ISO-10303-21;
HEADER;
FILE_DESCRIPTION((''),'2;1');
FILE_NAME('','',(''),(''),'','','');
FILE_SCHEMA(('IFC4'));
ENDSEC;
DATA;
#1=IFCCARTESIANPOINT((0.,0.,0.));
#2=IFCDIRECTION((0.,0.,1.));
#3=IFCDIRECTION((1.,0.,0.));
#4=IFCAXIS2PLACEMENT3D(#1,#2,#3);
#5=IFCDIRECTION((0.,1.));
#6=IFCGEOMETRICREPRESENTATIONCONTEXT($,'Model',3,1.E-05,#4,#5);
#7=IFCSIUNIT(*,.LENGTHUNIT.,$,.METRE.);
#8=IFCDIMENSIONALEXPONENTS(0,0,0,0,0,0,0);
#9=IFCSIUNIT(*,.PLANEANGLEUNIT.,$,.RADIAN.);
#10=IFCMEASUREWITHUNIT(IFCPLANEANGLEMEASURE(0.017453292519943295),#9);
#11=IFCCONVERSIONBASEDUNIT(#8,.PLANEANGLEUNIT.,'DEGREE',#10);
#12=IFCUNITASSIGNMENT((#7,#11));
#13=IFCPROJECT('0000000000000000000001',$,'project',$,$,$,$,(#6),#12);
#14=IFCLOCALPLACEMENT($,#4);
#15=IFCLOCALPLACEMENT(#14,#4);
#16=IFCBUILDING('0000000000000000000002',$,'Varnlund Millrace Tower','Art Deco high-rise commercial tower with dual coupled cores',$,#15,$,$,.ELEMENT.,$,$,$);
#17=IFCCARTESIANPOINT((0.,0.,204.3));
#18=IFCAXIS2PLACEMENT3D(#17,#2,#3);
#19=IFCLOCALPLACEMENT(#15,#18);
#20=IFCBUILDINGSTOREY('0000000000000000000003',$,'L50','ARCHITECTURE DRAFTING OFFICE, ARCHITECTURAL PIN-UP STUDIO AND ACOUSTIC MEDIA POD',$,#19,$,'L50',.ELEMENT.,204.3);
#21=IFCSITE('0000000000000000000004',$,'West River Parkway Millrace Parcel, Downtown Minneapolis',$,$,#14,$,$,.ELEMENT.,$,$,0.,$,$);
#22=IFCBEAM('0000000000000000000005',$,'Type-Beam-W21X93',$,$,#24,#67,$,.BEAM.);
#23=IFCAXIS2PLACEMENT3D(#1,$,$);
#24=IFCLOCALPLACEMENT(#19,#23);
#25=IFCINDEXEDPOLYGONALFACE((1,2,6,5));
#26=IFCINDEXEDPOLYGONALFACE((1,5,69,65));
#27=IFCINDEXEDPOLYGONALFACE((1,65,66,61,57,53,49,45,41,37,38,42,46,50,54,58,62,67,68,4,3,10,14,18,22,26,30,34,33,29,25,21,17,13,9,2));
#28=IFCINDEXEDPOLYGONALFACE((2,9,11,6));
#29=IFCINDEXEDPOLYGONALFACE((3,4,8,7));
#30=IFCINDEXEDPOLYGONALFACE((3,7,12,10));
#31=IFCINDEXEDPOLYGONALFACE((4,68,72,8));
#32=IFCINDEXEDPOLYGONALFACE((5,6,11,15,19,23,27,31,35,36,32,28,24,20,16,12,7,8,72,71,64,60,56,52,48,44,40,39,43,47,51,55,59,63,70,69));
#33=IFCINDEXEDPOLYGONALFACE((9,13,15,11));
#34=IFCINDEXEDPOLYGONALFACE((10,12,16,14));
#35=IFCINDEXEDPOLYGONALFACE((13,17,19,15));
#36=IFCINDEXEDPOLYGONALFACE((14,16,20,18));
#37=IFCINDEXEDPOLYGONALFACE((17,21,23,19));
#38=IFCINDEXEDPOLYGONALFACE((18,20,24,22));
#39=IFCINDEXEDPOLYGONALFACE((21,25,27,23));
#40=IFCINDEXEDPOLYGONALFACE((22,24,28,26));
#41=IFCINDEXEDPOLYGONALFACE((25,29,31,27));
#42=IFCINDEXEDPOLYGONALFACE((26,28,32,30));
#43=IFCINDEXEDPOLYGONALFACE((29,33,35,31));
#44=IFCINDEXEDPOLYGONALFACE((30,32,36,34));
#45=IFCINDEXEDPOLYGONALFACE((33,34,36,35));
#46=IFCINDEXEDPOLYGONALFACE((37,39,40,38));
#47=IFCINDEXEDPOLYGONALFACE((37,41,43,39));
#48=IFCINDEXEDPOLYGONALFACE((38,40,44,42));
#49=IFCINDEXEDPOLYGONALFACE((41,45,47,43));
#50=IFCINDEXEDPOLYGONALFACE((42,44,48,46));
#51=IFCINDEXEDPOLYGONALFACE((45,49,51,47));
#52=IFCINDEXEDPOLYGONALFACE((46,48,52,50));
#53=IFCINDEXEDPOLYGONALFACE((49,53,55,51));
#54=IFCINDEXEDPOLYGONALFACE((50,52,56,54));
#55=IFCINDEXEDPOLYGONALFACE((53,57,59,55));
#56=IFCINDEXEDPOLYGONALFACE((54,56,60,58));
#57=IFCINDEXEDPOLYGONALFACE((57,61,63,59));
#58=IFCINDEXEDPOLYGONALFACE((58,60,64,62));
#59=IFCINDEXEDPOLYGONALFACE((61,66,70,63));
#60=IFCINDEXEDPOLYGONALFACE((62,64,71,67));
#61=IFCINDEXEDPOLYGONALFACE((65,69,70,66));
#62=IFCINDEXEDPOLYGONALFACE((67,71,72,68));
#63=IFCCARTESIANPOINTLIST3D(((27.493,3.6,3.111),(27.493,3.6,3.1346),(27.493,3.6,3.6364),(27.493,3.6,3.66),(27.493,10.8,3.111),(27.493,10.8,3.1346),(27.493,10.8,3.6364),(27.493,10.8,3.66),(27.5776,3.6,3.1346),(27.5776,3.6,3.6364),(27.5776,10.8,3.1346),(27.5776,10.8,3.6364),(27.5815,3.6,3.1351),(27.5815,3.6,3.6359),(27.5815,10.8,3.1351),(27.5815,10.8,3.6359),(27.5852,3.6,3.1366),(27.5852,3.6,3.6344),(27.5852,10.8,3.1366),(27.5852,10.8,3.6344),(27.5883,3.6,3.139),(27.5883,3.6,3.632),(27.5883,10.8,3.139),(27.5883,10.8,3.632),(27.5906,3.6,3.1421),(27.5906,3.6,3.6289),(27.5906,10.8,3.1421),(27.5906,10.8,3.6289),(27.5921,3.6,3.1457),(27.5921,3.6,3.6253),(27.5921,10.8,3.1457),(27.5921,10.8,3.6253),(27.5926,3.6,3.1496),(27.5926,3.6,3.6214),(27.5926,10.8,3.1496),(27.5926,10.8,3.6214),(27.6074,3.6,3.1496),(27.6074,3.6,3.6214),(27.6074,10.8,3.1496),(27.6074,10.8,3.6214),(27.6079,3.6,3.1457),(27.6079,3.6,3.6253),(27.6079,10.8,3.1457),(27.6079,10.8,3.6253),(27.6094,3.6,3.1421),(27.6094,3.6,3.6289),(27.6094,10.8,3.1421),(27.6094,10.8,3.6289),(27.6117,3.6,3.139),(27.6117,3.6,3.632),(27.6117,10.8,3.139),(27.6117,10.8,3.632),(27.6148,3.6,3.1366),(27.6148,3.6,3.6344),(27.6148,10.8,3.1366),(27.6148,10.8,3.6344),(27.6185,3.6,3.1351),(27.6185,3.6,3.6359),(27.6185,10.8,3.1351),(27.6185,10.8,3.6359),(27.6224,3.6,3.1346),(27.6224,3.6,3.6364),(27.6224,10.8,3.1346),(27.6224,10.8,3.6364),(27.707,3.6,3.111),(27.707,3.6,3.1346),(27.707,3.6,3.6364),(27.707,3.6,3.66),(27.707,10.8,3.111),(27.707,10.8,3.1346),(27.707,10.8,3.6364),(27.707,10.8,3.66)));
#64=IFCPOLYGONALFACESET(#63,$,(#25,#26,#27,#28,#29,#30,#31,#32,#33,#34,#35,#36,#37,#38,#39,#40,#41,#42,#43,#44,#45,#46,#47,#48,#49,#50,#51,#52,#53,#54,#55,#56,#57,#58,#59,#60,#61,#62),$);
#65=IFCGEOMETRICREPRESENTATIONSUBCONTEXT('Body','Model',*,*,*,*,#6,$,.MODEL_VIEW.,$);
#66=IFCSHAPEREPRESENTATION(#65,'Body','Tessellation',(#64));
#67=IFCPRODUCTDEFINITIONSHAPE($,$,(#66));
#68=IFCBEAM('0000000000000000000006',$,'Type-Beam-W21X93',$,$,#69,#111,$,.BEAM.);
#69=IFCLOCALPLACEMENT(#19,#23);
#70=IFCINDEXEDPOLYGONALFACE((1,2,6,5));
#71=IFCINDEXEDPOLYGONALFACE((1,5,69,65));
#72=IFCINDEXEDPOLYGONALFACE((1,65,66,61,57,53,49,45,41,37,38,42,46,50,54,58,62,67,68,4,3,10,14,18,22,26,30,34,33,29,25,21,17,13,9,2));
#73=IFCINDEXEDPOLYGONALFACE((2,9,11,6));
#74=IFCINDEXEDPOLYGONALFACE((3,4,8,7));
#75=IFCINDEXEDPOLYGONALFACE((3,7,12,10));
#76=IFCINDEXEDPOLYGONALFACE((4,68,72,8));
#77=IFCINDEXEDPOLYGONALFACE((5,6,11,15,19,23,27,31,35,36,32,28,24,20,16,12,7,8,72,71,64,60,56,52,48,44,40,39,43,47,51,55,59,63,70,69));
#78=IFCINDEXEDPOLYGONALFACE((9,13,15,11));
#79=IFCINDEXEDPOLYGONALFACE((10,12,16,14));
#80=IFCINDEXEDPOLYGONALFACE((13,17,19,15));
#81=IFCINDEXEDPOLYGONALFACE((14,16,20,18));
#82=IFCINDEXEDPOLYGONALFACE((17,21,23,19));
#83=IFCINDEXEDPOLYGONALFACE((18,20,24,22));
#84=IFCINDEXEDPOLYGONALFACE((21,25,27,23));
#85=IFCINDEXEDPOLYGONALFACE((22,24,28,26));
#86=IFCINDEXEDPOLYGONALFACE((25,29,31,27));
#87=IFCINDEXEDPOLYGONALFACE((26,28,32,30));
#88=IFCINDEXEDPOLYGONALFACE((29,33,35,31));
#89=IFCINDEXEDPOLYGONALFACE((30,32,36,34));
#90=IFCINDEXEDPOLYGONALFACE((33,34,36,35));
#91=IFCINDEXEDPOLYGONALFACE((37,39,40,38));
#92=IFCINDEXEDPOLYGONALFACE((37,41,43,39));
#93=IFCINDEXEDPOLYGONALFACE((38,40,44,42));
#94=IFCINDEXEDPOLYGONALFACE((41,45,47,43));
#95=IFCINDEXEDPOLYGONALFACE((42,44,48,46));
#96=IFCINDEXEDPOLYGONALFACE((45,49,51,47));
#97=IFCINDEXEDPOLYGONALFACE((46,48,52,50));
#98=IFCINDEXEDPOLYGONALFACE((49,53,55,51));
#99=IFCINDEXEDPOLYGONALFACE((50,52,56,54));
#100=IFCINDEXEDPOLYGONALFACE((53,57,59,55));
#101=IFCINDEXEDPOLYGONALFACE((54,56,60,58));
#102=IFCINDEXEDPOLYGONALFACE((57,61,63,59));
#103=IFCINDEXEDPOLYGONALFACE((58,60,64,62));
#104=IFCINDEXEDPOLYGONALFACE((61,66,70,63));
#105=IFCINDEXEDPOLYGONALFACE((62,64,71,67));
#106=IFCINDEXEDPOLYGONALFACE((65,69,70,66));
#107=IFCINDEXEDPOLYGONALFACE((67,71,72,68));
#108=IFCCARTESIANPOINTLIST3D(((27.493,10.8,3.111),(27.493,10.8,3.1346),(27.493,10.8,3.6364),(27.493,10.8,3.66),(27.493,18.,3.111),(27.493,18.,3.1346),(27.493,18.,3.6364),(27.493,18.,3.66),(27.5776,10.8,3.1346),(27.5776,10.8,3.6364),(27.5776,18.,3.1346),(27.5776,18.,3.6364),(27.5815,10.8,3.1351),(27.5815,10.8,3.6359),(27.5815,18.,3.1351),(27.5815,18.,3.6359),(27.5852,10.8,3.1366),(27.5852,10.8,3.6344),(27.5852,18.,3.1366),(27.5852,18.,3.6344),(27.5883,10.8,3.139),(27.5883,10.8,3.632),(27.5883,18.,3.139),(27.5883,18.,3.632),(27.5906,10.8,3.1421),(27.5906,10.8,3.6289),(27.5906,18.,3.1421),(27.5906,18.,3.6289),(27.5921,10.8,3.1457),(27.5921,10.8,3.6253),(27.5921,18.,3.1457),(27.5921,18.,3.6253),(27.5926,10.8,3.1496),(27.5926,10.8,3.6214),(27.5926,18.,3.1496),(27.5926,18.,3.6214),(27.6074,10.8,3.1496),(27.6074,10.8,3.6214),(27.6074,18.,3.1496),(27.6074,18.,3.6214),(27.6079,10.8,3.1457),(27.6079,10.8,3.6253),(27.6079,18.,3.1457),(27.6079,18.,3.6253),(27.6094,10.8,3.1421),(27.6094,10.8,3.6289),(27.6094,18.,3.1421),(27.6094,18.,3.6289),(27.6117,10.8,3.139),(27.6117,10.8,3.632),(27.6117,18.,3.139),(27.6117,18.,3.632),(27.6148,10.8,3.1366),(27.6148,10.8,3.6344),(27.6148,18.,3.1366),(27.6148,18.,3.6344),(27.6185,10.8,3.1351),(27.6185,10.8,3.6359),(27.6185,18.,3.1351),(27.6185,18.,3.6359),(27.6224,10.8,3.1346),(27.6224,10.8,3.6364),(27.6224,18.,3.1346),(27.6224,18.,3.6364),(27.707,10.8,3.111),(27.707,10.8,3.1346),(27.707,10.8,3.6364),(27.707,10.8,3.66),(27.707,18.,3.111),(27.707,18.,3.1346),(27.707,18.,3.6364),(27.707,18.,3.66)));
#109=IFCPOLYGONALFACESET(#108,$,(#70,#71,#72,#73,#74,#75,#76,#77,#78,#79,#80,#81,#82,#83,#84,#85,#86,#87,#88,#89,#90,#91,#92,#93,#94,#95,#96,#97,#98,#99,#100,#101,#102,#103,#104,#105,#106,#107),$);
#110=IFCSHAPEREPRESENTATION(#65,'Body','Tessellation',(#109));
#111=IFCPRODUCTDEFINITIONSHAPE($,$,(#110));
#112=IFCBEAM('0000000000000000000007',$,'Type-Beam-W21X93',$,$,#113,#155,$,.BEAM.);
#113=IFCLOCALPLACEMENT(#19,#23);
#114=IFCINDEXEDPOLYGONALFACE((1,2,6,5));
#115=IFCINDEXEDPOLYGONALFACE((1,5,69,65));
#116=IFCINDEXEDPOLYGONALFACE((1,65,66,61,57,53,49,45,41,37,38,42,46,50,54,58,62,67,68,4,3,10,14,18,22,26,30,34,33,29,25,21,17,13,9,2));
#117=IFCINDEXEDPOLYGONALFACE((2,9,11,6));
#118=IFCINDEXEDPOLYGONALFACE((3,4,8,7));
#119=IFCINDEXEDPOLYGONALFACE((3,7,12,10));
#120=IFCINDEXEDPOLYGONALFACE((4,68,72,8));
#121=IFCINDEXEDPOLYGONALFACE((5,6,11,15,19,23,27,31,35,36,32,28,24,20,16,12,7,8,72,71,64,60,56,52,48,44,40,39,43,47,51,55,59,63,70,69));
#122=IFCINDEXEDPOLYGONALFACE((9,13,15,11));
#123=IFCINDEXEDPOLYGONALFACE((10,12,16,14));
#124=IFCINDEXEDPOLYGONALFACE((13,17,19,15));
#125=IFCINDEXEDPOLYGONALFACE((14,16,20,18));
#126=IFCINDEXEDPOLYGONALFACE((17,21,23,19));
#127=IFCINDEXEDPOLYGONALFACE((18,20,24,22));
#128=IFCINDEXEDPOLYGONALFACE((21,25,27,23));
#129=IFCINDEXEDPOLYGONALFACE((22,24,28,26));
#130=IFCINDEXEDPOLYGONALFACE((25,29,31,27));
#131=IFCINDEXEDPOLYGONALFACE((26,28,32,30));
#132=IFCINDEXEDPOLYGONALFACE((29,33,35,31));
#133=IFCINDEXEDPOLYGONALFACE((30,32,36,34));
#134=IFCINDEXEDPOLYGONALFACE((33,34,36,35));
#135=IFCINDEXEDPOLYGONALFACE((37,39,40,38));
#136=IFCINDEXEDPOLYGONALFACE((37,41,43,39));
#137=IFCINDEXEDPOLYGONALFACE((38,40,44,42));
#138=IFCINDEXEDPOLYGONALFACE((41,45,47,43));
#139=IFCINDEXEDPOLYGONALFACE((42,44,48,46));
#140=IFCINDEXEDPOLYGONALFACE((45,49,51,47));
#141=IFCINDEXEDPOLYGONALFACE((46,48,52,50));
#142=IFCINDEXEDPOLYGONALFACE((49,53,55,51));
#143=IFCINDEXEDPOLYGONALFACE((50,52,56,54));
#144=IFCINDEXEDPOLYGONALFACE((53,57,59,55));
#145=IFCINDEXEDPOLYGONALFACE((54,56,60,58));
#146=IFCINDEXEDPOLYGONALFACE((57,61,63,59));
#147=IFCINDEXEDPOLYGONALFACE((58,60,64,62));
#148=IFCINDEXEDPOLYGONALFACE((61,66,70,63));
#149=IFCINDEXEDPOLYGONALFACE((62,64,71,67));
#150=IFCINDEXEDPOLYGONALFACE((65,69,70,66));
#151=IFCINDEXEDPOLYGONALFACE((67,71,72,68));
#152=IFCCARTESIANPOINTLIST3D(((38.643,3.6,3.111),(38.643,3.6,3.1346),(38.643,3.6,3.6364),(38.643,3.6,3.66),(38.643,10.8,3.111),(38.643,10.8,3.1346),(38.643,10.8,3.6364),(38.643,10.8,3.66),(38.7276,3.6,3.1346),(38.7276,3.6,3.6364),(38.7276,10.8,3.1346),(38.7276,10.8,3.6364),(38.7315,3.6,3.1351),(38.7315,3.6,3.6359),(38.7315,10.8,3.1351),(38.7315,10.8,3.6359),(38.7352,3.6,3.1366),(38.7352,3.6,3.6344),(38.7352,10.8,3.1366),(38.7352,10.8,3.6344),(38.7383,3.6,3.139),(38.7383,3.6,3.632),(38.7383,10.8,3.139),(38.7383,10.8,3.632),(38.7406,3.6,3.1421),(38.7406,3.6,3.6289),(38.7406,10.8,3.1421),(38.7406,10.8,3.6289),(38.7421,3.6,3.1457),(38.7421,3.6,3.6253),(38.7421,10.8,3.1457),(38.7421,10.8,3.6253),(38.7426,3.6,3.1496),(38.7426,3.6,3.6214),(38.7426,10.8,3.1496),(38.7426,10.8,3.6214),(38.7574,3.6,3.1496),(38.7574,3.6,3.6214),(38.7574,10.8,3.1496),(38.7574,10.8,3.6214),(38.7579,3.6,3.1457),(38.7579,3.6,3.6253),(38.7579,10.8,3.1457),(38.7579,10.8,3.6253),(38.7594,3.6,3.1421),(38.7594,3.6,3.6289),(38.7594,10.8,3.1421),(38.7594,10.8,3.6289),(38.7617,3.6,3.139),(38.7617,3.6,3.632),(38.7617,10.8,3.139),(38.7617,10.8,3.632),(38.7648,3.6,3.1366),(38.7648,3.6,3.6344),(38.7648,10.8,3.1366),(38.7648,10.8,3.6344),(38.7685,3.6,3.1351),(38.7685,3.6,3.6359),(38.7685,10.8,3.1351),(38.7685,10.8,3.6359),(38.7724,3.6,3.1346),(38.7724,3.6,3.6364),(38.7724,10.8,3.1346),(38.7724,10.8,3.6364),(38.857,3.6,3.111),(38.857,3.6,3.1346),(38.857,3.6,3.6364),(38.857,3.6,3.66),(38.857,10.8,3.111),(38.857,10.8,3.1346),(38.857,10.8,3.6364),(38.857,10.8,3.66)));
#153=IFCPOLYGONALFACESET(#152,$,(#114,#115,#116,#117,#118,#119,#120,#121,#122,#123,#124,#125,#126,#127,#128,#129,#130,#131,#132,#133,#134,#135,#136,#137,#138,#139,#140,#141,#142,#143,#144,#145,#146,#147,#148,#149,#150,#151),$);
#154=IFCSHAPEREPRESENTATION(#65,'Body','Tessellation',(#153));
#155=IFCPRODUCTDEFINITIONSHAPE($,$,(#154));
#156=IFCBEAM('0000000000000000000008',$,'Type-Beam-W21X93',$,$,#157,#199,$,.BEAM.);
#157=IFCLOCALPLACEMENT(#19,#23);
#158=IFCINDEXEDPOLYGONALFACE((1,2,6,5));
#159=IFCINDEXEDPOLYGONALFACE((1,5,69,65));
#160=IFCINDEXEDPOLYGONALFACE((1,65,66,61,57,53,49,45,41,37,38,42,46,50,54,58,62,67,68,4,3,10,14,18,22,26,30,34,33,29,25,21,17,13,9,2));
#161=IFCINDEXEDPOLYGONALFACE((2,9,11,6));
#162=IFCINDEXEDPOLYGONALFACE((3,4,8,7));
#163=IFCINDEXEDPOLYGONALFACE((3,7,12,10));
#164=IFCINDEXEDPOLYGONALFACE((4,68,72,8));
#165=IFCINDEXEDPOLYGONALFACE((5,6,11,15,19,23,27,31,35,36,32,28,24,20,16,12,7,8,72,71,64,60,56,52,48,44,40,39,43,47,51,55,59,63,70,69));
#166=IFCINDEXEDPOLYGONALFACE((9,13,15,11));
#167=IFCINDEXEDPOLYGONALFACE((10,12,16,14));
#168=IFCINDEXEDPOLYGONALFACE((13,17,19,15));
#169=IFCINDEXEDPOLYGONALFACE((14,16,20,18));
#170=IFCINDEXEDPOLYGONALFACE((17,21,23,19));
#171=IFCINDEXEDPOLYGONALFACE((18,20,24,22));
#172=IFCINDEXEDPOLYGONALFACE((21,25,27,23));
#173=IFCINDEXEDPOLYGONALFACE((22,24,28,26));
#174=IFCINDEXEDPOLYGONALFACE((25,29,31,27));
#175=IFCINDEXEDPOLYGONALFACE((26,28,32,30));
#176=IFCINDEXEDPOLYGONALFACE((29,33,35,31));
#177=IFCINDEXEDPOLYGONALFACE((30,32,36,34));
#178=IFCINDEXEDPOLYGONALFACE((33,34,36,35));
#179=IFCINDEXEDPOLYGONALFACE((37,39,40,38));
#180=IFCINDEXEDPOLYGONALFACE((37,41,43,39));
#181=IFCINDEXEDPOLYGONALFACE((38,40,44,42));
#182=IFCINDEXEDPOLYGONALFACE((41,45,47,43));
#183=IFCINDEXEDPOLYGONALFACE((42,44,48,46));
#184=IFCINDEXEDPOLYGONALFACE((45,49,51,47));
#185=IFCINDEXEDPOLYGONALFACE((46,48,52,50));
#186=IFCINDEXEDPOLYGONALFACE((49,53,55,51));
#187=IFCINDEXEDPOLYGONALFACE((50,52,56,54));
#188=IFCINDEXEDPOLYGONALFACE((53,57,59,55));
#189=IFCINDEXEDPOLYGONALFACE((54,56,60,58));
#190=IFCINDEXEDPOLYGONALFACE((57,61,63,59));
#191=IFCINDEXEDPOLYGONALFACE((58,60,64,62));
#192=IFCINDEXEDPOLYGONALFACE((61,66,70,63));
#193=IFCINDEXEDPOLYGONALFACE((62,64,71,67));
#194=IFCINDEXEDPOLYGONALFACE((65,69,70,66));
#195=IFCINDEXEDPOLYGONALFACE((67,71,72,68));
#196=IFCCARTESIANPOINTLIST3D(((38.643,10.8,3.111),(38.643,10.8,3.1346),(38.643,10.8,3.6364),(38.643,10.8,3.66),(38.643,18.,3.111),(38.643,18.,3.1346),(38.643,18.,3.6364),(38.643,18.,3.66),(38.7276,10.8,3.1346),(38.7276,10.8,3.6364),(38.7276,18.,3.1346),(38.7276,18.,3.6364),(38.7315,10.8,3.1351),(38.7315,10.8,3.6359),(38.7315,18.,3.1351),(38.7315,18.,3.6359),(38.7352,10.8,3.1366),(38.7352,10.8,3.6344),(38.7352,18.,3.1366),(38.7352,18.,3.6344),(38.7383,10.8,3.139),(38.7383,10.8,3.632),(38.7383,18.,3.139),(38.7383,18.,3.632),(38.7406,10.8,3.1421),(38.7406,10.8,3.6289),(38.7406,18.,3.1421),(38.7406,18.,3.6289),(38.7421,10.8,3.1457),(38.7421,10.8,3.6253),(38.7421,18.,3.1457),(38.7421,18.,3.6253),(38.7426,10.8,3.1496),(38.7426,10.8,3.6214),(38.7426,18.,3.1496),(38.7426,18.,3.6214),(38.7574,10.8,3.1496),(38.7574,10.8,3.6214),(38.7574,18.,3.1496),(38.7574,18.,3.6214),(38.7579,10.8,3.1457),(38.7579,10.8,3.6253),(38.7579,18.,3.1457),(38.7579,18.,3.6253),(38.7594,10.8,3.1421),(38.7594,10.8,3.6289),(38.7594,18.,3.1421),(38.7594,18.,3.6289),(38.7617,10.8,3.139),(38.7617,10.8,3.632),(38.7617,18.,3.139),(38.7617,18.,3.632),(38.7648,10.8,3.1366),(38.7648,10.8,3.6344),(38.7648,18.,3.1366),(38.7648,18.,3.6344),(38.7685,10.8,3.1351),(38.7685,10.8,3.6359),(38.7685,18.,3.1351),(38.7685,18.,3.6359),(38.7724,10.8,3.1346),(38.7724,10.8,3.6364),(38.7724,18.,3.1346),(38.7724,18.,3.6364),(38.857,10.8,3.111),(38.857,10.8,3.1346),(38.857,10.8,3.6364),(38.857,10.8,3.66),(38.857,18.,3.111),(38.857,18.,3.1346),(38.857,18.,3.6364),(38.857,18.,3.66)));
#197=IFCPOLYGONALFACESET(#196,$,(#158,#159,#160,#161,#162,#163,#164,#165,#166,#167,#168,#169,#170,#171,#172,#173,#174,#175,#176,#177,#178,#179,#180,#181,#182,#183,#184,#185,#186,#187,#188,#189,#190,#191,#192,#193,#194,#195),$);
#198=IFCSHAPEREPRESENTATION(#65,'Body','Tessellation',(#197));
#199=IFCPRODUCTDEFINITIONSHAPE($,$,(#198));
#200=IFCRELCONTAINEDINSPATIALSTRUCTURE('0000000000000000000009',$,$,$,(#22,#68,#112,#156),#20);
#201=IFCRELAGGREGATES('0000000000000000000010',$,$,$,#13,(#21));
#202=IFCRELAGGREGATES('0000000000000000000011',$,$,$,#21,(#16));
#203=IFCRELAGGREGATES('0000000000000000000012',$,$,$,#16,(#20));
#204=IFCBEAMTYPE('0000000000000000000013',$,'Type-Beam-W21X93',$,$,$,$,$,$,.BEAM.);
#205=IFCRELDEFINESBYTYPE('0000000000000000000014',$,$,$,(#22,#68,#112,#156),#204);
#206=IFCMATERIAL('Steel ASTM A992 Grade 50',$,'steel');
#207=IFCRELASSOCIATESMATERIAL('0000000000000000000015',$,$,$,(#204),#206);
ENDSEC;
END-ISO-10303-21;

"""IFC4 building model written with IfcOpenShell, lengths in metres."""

from ifc_helpers import new_model, entity, si_unit, converted_unit, direction, frame, origin_with_axes, origin_2d_with_axis, place, context, subcontext, project, spatial, i_section, extrude, material, material_profile, profile_set, type_object, element, save


model = new_model("IFC4")

# Units and contexts
model_context = context("Model", 3, precision=1e-05, world=origin_with_axes(), true_north=direction((0.0, 1.0)))
body_context = subcontext(model_context, "Body", "Model", "MODEL_VIEW")
ifc_project = project(units=[si_unit("LENGTHUNIT", "METRE"), converted_unit("PLANEANGLEUNIT", "DEGREE", entity("IfcPlaneAngleMeasure", 0.017453292519943295), si_unit("PLANEANGLEUNIT", "RADIAN"), dimensions=[0, 0, 0, 0, 0, 0, 0])], contexts=[model_context])

# Site, building, storey
site_placement = place(None, origin_with_axes())
site = spatial("IfcSite", under=ifc_project, at=site_placement, Name="West River Parkway Millrace Parcel, Downtown Minneapolis", CompositionType="ELEMENT", RefElevation=0.0)
building_placement = place(site_placement, origin_with_axes())
building = spatial("IfcBuilding", under=site, at=building_placement, Name="Varnlund Millrace Tower", Description="Art Deco high-rise commercial tower with dual coupled cores", CompositionType="ELEMENT")
storey_placement = place(building_placement, frame((0.0, 0.0, 204.3), z_axis=(0.0, 0.0, 1.0), x_axis=(1.0, 0.0, 0.0)))
storey = spatial("IfcBuildingStorey", under=building, at=storey_placement, Name="L50", Description="ARCHITECTURE DRAFTING OFFICE, ARCHITECTURAL PIN-UP STUDIO AND ACOUSTIC MEDIA POD", LongName="L50", CompositionType="ELEMENT", Elevation=204.3)

# Beams
ifc_material_1 = material(Name="Steel ASTM A992 Grade 50", Category="steel")
ifc_material_profile_1 = material_profile(ifc_material_1, i_section(OverallWidth=0.214, OverallDepth=0.549, WebThickness=0.0147, FlangeThickness=0.0236, FilletRadius=0.015, at=origin_2d_with_axis()), Name="Steel ASTM A992 Grade 50")
ifc_profile_set_1 = profile_set([ifc_material_profile_1], Name="Steel ASTM A992 Grade 50")
beam_type_1 = type_object("IfcBeamType", Name="Type-Beam-W21X93", PredefinedType="BEAM", material=ifc_profile_set_1)
for number, where, z_axis, x_axis, name in (
    (1, (27.6, 3.6, 3.3855), (0.0, 1.0, 0.0), (-1.0, 0.0, 0.0), "Type-Beam-W21X93"),
    (2, (27.6, 10.8, 3.3855), (0.0, 1.0, 0.0), (-1.0, 0.0, 0.0), "Type-Beam-W21X93"),
    (3, (38.75, 3.6, 3.3855), (0.0, 1.0, 0.0), (-1.0, 0.0, 0.0), "Type-Beam-W21X93"),
    (4, (38.75, 10.8, 3.3855), (0.0, 1.0, 0.0), (-1.0, 0.0, 0.0), "Type-Beam-W21X93"),
):
    element("IfcBeam", number, at=place(storey_placement, frame(where, z_axis=z_axis, x_axis=x_axis)), inside=storey, type_object=beam_type_1, Name=name, PredefinedType="BEAM", context=body_context, shape_type="SweptSolid", body=[
        extrude(i_section(OverallWidth=0.214, OverallDepth=0.549, WebThickness=0.0147, FlangeThickness=0.0236, FilletRadius=0.015, at=origin_2d_with_axis()), origin_with_axes(), (0.0, 0.0, 1.0), 7.2),
    ])

save(model, "model.ifc")
